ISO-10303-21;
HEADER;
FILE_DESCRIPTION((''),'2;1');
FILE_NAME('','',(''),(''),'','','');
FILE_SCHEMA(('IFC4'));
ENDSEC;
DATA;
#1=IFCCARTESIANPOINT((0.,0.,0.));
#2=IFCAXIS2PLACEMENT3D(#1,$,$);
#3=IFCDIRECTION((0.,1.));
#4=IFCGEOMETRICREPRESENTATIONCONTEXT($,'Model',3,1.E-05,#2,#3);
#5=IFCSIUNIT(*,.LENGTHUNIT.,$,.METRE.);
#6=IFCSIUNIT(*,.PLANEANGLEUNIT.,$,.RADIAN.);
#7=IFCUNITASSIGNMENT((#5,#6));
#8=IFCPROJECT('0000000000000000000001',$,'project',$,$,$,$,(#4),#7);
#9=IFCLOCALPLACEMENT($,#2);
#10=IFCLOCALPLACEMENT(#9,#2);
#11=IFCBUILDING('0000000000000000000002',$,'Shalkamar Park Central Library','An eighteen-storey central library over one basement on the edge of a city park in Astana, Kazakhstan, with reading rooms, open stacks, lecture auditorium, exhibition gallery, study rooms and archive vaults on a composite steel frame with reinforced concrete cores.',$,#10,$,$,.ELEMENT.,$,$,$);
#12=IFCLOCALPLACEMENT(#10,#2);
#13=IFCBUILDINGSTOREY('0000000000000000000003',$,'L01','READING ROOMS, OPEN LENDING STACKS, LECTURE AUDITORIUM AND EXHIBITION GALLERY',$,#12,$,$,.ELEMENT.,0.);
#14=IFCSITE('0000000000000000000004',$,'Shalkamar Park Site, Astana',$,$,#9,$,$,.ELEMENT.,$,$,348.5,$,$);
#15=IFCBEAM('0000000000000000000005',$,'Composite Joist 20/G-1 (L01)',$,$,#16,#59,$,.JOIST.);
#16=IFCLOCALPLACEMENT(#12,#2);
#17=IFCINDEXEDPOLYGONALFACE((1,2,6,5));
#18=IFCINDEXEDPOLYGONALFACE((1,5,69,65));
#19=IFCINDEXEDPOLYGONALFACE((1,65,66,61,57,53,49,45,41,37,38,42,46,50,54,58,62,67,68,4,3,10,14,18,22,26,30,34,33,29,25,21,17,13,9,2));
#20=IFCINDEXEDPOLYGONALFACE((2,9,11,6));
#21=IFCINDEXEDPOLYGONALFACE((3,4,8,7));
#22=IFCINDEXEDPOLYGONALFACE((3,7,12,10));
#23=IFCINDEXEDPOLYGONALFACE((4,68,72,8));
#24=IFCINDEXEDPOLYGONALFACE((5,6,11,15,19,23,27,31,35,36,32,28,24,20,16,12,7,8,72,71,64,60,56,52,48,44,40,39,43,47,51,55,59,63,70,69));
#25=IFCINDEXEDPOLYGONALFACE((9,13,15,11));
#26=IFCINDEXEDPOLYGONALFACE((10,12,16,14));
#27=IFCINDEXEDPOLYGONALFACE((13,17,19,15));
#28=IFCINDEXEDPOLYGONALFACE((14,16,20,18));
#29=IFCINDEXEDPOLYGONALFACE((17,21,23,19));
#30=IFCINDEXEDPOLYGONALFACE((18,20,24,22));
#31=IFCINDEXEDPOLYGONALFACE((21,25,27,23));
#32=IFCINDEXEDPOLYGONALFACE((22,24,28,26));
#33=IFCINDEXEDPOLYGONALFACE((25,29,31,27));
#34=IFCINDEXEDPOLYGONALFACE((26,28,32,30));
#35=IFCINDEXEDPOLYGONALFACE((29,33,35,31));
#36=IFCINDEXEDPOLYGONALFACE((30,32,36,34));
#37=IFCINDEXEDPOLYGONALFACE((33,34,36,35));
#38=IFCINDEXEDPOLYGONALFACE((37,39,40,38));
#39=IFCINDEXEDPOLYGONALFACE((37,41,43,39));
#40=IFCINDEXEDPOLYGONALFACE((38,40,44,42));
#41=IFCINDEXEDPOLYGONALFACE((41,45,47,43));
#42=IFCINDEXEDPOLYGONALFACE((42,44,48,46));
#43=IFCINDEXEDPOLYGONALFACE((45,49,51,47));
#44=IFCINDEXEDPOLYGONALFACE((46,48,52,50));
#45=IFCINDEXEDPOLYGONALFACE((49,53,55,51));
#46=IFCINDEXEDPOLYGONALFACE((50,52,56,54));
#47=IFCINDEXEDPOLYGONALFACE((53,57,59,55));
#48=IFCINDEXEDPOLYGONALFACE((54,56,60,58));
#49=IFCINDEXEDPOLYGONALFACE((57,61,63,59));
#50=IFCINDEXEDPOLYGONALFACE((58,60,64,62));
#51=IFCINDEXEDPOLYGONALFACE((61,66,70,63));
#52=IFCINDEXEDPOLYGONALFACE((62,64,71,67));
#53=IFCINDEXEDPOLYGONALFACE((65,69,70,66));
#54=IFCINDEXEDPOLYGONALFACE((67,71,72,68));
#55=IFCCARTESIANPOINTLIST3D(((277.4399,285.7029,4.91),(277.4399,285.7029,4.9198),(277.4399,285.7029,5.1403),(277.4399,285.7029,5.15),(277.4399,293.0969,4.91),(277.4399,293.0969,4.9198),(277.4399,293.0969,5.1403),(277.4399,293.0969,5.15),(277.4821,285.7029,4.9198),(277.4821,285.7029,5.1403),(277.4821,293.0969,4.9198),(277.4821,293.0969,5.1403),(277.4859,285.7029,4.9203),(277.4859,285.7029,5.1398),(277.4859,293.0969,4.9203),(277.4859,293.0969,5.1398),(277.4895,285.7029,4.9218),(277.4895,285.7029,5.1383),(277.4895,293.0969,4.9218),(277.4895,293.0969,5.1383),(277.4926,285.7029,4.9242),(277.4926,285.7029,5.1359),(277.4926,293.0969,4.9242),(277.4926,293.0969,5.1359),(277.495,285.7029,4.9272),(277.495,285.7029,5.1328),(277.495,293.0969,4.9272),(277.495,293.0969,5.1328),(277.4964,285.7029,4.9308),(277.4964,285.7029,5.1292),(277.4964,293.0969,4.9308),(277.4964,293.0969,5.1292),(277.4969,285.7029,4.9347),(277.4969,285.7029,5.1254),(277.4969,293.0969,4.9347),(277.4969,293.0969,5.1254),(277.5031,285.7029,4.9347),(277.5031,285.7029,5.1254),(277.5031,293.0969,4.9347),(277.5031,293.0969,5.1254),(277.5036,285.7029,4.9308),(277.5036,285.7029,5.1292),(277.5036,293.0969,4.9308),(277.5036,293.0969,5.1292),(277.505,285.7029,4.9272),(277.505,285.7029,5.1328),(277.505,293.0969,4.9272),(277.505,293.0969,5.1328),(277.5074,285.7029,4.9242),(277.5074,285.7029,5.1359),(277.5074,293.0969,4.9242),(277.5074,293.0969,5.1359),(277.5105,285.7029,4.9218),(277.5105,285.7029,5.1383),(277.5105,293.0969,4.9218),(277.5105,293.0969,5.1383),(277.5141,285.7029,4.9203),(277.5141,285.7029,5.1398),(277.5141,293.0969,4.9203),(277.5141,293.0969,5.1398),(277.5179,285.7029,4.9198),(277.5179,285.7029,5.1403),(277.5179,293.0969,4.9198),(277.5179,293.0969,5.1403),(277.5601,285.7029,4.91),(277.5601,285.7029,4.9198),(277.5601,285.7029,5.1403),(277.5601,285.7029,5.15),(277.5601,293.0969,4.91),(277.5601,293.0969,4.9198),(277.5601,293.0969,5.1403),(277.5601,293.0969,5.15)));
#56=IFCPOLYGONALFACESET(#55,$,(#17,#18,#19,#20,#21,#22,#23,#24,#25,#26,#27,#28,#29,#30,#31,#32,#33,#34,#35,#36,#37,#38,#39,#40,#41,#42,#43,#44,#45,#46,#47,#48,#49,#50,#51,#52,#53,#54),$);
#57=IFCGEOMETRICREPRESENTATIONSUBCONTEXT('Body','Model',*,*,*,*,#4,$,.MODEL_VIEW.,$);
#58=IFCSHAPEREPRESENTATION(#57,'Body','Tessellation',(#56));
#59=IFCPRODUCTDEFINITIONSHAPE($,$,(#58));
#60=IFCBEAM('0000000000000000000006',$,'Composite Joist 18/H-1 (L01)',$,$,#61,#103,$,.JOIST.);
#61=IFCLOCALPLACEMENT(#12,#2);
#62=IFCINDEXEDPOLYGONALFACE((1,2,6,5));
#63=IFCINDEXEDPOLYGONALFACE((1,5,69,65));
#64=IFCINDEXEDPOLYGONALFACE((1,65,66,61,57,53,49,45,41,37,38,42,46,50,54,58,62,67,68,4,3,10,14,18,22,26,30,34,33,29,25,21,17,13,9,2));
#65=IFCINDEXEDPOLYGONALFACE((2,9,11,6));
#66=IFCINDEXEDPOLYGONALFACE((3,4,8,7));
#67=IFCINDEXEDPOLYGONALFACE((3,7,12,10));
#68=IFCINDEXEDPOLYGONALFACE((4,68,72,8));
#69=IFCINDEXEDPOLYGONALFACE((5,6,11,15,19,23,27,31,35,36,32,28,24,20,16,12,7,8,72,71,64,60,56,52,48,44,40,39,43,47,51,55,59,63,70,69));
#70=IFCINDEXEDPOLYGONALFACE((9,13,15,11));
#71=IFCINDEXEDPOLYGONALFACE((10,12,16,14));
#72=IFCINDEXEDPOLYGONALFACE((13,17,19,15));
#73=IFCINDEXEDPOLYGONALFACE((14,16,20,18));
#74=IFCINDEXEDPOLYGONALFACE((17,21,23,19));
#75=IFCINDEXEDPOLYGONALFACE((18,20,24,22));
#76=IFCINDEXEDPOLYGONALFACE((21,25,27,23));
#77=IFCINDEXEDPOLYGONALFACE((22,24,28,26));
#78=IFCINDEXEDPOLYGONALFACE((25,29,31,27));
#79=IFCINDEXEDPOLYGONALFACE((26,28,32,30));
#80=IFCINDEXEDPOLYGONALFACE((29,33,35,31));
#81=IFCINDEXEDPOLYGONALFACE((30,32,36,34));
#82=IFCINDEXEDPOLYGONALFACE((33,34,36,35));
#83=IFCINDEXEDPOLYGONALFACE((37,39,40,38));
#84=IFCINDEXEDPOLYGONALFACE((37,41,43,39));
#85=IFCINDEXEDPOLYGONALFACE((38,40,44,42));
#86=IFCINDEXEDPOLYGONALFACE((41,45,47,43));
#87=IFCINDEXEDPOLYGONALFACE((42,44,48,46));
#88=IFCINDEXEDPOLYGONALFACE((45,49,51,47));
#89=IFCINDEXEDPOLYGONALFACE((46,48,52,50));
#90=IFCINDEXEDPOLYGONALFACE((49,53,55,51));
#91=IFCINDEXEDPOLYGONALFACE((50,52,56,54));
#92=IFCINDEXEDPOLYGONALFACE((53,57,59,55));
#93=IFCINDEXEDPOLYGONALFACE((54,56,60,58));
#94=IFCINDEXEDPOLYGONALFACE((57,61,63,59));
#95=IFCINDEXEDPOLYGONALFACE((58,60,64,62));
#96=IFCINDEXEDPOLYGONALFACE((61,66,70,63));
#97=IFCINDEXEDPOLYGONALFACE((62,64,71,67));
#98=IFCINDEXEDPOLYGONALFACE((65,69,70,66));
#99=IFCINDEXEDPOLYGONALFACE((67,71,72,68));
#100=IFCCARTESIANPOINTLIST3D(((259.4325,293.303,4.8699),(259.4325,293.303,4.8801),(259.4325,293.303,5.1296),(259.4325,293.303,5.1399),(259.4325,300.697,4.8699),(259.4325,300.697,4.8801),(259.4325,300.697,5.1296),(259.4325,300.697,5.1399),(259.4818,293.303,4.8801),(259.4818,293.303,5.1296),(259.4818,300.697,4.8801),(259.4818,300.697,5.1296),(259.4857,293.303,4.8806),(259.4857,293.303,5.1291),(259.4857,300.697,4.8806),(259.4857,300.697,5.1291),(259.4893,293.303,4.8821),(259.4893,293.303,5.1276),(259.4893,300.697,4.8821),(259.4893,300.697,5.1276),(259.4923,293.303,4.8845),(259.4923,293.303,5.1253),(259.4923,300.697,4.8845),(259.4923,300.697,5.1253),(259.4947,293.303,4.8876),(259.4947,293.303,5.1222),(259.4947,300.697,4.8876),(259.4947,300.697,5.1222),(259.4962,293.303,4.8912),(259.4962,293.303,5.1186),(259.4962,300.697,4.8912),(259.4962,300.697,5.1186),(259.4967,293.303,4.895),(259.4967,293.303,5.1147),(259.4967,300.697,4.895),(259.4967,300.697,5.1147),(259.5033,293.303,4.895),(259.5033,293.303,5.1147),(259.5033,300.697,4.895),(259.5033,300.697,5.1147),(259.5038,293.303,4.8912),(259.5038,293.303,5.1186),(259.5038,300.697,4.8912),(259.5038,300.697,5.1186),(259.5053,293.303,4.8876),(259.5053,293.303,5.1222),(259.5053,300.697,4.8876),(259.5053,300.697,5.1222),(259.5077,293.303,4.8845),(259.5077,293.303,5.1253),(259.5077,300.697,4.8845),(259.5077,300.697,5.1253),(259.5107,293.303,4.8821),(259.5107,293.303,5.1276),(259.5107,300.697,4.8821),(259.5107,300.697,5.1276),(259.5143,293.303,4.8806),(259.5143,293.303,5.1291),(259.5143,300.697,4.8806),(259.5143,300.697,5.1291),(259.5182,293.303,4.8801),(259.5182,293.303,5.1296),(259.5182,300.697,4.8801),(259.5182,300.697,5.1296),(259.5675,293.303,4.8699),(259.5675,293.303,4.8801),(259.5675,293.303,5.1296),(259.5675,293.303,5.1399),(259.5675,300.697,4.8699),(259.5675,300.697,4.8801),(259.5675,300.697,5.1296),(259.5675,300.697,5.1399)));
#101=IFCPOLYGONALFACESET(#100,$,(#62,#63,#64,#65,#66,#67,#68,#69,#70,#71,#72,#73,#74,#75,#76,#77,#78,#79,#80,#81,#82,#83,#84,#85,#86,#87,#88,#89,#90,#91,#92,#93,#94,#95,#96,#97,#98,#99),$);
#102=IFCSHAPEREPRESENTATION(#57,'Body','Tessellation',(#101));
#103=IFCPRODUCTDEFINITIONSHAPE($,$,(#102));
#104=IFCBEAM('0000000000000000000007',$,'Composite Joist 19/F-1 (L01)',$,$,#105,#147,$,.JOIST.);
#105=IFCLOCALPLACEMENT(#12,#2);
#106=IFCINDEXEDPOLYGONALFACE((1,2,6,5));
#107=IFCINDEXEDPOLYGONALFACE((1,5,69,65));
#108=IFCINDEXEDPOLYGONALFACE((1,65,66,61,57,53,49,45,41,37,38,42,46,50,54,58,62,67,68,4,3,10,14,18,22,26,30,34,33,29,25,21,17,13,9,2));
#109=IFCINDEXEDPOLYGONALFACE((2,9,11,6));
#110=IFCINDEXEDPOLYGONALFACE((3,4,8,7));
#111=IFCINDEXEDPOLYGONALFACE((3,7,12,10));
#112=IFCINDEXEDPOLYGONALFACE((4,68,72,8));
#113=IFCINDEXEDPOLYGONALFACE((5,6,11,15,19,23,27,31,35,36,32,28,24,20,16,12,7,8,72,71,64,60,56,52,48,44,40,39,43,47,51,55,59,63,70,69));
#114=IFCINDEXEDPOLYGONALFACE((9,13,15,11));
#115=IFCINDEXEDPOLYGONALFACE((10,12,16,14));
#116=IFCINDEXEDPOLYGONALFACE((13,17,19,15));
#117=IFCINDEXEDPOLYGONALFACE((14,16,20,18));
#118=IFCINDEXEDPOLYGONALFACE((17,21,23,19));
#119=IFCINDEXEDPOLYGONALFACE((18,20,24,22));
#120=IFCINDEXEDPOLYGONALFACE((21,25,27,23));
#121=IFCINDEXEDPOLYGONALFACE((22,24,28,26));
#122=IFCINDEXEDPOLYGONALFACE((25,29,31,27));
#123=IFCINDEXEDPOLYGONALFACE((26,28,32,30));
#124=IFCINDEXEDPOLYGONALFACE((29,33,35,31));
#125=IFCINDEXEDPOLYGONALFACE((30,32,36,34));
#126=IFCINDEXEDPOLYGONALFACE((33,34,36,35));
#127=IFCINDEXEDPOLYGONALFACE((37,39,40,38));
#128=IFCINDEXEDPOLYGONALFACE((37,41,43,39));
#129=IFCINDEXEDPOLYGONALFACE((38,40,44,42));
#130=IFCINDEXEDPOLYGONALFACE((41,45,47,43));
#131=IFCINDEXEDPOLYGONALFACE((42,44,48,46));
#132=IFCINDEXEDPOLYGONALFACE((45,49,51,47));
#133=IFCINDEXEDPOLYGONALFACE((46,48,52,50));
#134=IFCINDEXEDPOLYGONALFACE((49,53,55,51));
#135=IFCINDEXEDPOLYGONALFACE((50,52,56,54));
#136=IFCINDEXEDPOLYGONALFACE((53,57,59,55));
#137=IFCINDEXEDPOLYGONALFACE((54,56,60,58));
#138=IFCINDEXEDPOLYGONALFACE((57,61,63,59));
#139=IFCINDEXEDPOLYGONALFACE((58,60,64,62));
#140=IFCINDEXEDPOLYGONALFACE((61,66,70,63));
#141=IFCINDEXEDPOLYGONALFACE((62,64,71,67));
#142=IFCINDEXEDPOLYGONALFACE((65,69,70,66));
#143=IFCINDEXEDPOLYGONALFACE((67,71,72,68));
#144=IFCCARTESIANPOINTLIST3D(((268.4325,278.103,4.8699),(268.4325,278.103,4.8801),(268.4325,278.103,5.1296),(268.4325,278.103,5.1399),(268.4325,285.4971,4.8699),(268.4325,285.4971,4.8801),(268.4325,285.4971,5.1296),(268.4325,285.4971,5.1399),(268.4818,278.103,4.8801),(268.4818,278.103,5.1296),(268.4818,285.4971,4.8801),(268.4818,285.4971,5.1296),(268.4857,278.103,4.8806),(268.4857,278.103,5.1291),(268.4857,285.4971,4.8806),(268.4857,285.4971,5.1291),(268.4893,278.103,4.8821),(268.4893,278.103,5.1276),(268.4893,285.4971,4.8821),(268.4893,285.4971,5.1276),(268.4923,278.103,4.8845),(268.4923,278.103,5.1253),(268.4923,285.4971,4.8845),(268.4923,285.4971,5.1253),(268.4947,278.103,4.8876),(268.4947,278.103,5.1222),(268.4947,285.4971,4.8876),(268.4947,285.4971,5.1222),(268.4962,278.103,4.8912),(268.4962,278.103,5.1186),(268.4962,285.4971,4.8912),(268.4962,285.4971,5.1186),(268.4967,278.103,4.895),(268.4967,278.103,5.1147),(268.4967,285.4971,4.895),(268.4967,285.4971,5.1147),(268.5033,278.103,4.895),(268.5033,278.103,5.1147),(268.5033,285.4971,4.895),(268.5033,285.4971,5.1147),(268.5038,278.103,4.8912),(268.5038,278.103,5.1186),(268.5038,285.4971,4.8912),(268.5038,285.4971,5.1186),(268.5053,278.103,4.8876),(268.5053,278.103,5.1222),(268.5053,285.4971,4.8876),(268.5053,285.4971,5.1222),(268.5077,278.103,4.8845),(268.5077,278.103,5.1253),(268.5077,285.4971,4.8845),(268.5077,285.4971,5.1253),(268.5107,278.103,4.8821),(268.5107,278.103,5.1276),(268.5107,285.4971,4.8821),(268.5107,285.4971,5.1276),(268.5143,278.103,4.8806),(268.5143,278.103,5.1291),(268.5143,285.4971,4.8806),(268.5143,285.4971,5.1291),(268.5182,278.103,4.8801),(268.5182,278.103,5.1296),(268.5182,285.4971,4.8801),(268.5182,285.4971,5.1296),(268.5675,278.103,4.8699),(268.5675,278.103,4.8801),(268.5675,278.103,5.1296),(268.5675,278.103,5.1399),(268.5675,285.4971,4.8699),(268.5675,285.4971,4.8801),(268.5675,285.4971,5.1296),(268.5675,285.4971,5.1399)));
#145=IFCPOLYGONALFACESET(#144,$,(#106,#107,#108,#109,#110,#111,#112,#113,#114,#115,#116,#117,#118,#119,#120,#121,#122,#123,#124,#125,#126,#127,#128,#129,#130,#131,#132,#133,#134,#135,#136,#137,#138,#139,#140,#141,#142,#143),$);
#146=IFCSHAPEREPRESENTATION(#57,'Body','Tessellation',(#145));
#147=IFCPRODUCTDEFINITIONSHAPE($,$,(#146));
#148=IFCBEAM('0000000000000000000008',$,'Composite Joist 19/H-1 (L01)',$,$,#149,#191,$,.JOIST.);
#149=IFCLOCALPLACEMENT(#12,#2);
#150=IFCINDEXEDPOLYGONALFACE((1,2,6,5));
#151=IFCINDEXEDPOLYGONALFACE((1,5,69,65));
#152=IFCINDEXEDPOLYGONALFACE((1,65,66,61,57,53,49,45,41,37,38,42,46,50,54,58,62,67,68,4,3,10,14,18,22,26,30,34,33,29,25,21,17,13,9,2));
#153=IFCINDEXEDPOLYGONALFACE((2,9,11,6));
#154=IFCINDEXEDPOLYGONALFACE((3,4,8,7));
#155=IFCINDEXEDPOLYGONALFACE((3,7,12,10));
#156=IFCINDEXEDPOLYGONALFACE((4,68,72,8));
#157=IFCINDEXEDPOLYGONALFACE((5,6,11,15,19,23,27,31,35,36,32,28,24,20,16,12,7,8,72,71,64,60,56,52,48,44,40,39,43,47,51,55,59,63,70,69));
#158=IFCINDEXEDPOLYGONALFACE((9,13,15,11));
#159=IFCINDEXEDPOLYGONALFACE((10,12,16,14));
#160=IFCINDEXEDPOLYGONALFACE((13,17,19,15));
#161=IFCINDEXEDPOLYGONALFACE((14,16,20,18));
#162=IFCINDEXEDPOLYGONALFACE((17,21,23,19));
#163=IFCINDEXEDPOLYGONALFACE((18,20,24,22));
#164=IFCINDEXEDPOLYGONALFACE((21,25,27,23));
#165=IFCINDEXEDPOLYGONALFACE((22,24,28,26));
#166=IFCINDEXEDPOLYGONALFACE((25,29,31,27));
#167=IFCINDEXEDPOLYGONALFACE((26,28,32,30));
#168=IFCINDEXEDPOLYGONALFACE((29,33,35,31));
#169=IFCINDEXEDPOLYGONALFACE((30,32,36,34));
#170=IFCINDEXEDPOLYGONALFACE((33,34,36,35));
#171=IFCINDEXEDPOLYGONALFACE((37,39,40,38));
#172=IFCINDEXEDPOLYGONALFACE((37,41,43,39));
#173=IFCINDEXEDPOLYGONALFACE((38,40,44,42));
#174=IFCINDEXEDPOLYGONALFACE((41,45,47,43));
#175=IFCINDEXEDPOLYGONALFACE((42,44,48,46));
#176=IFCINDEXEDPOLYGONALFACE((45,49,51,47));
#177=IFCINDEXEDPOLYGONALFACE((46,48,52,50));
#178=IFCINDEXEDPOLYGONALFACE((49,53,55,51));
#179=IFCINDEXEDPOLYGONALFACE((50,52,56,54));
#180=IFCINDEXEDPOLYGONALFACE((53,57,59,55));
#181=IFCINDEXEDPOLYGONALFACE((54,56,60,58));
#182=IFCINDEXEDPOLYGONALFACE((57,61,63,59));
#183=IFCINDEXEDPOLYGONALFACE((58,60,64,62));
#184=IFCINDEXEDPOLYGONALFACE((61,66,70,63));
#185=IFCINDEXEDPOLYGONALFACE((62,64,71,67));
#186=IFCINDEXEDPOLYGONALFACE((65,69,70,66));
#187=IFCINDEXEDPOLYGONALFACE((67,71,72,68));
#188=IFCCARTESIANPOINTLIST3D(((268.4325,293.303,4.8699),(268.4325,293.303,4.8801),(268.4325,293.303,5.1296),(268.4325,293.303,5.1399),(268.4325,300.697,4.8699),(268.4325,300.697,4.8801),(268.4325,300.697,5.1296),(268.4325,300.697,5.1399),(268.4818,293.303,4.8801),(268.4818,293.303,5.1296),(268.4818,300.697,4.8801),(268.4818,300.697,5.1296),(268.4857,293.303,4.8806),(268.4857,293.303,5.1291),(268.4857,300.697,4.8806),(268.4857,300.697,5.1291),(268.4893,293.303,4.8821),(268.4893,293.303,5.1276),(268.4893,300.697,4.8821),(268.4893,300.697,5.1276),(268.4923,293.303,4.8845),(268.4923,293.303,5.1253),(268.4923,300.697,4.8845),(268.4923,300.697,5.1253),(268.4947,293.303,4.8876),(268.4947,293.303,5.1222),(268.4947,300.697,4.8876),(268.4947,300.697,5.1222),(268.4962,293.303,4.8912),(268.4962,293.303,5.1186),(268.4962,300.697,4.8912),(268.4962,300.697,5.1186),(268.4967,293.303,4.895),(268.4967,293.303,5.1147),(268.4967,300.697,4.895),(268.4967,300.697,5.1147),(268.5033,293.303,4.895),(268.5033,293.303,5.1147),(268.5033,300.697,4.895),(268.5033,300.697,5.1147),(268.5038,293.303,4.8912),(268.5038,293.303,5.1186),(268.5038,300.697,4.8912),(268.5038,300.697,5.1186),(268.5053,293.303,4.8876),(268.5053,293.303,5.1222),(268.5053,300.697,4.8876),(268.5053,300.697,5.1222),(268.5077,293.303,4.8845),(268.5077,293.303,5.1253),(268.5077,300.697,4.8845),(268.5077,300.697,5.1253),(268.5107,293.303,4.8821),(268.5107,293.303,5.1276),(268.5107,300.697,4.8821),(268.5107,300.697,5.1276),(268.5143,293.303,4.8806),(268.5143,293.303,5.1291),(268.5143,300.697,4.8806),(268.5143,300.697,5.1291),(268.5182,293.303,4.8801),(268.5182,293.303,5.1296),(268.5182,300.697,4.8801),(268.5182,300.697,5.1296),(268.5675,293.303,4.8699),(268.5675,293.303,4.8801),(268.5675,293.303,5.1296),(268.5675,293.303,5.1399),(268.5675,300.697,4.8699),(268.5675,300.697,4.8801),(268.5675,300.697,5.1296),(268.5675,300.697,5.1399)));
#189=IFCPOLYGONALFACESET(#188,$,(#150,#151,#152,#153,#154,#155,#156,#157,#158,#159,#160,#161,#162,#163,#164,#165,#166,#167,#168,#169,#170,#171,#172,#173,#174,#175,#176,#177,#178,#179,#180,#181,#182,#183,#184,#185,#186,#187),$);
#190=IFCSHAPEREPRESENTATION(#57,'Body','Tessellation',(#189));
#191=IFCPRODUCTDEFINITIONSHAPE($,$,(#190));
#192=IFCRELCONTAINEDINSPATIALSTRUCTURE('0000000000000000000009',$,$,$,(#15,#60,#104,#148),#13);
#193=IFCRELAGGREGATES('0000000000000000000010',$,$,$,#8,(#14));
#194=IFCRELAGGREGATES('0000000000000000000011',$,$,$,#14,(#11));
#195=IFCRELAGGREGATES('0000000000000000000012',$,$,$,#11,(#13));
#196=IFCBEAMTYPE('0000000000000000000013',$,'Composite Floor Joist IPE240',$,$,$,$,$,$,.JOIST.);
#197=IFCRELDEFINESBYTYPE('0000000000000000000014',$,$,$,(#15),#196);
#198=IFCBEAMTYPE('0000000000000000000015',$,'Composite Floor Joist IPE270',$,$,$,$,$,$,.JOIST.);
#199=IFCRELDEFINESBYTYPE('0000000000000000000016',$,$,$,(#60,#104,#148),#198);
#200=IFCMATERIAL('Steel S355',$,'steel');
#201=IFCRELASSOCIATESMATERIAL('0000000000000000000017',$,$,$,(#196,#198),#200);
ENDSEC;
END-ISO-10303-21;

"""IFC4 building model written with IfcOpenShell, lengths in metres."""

from ifc_helpers import new_model, si_unit, direction, frame, origin, origin_2d, place, context, subcontext, project, spatial, i_section, extrude, material, material_profile, profile_set, type_object, element, save


model = new_model("IFC4")

# Units and contexts
model_context = context("Model", 3, precision=1e-05, world=origin(), true_north=direction((0.0, 1.0)))
body_context = subcontext(model_context, "Body", "Model", "MODEL_VIEW")
ifc_project = project(units=[si_unit("LENGTHUNIT", "METRE"), si_unit("PLANEANGLEUNIT", "RADIAN")], contexts=[model_context])

# Site, building, storey
site_placement = place(None, origin())
site = spatial("IfcSite", under=ifc_project, at=site_placement, Name="Shalkamar Park Site, Astana", CompositionType="ELEMENT", RefElevation=348.5)
building_placement = place(site_placement, origin())
building = spatial("IfcBuilding", under=site, at=building_placement, Name="Shalkamar Park Central Library", Description="An eighteen-storey central library over one basement on the edge of a city park in Astana, Kazakhstan, with reading rooms, open stacks, lecture auditorium, exhibition gallery, study rooms and archive vaults on a composite steel frame with reinforced concrete cores.", CompositionType="ELEMENT")
storey_placement = place(building_placement, origin())
storey = spatial("IfcBuildingStorey", under=building, at=storey_placement, Name="L01", Description="READING ROOMS, OPEN LENDING STACKS, LECTURE AUDITORIUM AND EXHIBITION GALLERY", CompositionType="ELEMENT", Elevation=0.0)

# Shared definitions
ifc_material = material(Name="Steel S355", Category="steel")

# Beams
ifc_material_profile_1 = material_profile(ifc_material, i_section(OverallWidth=0.1201, OverallDepth=0.24, WebThickness=0.0061, FlangeThickness=0.0098, FilletRadius=0.0149, at=origin_2d()), Name="IPE 240")
ifc_profile_set_1 = profile_set([ifc_material_profile_1], Name="Steel S355")
beam_type_1 = type_object("IfcBeamType", Name="Composite Floor Joist IPE240", PredefinedType="JOIST", material=ifc_profile_set_1)
for number, where, z_axis, x_axis, name in (
    (1, (277.5, 285.7029, 5.03), (0.0, 1.0, 0.0), (-1.0, 0.0, 0.0), "Composite Joist 20/G-1 (L01)"),
):
    element("IfcBeam", number, at=place(storey_placement, frame(where, z_axis=z_axis, x_axis=x_axis)), inside=storey, type_object=beam_type_1, Name=name, PredefinedType="JOIST", context=body_context, shape_type="SweptSolid", body=[
        extrude(i_section(OverallWidth=0.1201, OverallDepth=0.24, WebThickness=0.0061, FlangeThickness=0.0098, FilletRadius=0.0149, at=origin_2d()), origin(), (0.0, 0.0, 1.0), 7.394),
    ])
ifc_material_profile_2 = material_profile(ifc_material, i_section(OverallWidth=0.135, OverallDepth=0.27, WebThickness=0.0066, FlangeThickness=0.0103, FilletRadius=0.0149, at=origin_2d()), Name="IPE 270")
ifc_profile_set_2 = profile_set([ifc_material_profile_2], Name="Steel S355")
beam_type_2 = type_object("IfcBeamType", Name="Composite Floor Joist IPE270", PredefinedType="JOIST", material=ifc_profile_set_2)
for number, where, z_axis, x_axis, name in (
    (2, (259.5, 293.303, 5.0049), (0.0, 1.0, 0.0), (-1.0, 0.0, 0.0), "Composite Joist 18/H-1 (L01)"),
    (3, (268.5, 278.103, 5.0049), (0.0, 1.0, 0.0), (-1.0, 0.0, 0.0), "Composite Joist 19/F-1 (L01)"),
    (4, (268.5, 293.303, 5.0049), (0.0, 1.0, 0.0), (-1.0, 0.0, 0.0), "Composite Joist 19/H-1 (L01)"),
):
    element("IfcBeam", number, at=place(storey_placement, frame(where, z_axis=z_axis, x_axis=x_axis)), inside=storey, type_object=beam_type_2, Name=name, PredefinedType="JOIST", context=body_context, shape_type="SweptSolid", body=[
        extrude(i_section(OverallWidth=0.135, OverallDepth=0.27, WebThickness=0.0066, FlangeThickness=0.0103, FilletRadius=0.0149, at=origin_2d()), origin(), (0.0, 0.0, 1.0), 7.394),
    ])

save(model, "model.ifc")
